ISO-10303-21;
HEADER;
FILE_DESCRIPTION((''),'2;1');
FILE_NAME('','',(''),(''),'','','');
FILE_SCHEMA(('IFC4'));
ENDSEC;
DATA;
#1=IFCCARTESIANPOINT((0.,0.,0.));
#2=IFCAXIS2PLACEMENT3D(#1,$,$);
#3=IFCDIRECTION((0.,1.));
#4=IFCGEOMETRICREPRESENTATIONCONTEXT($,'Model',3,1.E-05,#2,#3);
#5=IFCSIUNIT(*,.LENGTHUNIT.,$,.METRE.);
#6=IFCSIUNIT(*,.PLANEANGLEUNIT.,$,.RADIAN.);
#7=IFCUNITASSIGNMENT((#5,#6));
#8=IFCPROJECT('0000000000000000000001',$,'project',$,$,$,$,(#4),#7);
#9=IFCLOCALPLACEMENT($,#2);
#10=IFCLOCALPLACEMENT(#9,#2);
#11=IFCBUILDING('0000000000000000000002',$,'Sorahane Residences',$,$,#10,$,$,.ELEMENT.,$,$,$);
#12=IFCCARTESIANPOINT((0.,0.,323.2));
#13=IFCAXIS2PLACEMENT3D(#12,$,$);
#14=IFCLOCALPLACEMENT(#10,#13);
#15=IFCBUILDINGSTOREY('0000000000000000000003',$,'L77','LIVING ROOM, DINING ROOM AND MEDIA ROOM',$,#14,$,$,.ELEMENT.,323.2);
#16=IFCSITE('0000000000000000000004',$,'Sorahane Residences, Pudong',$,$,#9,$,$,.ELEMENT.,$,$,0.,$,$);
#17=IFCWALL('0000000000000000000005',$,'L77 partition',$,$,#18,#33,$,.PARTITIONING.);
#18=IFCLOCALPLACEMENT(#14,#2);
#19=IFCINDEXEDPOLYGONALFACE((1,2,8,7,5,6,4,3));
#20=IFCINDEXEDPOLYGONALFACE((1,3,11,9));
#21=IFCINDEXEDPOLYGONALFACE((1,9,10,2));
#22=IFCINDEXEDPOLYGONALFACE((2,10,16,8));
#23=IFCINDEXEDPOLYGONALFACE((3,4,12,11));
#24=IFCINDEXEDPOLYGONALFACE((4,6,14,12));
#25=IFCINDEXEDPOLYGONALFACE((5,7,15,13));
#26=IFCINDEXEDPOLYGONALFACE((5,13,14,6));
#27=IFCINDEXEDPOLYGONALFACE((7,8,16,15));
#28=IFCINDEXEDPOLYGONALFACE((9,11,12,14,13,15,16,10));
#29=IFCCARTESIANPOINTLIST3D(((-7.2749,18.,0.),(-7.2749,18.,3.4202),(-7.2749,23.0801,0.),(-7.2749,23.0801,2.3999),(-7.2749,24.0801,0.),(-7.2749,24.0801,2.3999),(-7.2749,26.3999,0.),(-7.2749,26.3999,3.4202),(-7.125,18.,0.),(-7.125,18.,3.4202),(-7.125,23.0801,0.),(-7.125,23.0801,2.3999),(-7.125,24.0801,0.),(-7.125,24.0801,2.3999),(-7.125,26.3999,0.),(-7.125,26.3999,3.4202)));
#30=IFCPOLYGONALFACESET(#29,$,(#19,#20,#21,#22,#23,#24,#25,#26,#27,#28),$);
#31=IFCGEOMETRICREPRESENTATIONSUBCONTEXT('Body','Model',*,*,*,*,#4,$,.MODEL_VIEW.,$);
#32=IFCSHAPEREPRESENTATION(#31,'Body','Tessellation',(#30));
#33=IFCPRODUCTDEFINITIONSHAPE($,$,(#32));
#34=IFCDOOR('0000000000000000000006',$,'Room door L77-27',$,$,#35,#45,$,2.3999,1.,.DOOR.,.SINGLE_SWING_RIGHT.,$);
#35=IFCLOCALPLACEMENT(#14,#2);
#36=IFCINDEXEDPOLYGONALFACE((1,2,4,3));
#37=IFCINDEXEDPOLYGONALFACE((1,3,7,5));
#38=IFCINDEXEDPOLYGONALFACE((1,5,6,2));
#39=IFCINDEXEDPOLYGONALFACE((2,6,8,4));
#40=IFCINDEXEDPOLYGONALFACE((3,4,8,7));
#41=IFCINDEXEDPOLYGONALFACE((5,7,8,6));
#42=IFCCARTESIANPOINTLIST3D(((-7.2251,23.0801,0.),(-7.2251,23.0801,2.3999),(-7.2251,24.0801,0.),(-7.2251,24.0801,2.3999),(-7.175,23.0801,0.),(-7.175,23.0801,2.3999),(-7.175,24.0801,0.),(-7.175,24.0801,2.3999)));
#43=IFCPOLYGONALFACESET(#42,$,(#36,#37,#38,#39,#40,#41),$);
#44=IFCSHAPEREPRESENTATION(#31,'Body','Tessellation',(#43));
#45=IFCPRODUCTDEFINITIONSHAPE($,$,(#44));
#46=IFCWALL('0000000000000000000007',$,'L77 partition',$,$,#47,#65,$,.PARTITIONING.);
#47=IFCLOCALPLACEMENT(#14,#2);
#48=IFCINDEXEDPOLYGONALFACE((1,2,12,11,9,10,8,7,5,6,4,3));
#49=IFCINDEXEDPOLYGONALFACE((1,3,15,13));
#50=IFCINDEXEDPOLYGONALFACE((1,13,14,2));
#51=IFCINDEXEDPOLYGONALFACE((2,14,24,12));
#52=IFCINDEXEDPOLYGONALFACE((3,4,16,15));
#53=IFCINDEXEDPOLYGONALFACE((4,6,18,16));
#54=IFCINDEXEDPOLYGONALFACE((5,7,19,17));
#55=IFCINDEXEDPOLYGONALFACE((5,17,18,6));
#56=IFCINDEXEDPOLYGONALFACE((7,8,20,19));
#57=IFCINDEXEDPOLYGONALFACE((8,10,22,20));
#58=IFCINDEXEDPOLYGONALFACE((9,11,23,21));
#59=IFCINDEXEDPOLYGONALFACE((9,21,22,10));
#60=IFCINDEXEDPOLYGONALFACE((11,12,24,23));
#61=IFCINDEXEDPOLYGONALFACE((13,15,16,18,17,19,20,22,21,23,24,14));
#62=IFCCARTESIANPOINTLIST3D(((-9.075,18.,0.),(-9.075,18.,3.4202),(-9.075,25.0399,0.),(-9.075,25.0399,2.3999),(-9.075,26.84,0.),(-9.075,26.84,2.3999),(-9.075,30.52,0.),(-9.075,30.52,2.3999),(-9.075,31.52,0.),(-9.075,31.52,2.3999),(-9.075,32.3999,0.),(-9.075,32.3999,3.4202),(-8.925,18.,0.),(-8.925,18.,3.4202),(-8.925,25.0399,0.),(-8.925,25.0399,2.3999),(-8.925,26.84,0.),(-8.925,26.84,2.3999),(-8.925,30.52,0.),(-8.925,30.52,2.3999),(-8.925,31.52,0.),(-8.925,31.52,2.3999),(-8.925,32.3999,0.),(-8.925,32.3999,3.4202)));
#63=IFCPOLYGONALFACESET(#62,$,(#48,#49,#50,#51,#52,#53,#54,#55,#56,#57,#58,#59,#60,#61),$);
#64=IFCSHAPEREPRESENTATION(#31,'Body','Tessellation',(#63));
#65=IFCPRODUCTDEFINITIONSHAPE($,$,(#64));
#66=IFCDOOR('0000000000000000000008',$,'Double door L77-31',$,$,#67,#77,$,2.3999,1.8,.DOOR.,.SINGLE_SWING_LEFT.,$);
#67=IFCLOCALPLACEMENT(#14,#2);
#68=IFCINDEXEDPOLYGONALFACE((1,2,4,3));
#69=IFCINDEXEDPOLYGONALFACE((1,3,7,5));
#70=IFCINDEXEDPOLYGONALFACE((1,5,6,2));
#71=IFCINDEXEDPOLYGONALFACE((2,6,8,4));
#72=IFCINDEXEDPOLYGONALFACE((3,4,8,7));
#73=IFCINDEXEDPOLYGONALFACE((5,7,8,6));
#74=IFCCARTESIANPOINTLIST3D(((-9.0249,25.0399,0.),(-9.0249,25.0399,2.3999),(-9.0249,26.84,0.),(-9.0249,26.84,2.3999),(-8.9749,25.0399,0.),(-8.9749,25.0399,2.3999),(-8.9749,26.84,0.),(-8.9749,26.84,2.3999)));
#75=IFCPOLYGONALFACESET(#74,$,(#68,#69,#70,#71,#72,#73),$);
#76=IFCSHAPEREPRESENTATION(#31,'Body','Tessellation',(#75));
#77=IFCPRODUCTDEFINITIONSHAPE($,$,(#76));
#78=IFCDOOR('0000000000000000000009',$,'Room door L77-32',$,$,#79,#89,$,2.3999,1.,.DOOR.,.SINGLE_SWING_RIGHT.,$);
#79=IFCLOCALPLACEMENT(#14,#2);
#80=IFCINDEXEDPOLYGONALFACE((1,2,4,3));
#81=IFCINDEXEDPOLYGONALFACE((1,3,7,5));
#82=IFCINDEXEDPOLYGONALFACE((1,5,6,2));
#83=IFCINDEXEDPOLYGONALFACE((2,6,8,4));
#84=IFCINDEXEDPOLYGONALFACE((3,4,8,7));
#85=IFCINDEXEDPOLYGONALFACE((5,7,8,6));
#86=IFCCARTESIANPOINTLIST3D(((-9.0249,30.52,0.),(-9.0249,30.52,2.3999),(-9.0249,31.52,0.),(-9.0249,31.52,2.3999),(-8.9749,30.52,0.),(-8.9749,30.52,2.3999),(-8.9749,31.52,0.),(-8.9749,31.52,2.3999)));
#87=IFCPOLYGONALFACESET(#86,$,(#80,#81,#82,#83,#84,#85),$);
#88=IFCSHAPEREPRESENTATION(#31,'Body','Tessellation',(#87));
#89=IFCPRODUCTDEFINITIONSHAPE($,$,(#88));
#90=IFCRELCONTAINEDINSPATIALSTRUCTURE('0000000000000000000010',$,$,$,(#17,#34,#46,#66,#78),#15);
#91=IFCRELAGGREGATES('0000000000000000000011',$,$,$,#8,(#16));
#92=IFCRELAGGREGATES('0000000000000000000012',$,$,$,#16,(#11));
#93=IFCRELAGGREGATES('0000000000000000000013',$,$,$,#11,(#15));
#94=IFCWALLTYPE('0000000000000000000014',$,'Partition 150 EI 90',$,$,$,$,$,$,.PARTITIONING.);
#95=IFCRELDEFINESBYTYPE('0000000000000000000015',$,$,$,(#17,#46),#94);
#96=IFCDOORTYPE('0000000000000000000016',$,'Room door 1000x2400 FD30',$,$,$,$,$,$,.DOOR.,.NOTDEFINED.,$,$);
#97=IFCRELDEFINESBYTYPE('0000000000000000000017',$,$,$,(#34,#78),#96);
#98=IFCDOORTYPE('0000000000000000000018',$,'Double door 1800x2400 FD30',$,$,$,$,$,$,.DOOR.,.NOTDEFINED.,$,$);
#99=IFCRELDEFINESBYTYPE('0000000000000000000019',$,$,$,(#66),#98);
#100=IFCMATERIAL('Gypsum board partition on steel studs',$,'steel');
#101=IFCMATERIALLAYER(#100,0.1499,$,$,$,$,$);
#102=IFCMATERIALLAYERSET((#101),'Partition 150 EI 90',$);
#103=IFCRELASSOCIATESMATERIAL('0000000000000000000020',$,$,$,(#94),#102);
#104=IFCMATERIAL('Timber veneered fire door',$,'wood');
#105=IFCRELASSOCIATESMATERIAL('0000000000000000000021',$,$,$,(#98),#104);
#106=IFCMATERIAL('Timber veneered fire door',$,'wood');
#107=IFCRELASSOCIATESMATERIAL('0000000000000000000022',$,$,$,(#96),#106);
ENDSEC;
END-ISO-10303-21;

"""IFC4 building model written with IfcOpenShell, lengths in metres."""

from ifc_helpers import new_model, si_unit, direction, frame, frame_2d, origin, place, context, subcontext, project, spatial, rectangle, extrude, material, layer, layer_set, type_object, element, fill, save


model = new_model("IFC4")

# Units and contexts
model_context = context("Model", 3, precision=1e-05, world=origin(), true_north=direction((0.0, 1.0)))
body_context = subcontext(model_context, "Body", "Model", "MODEL_VIEW")
ifc_project = project(units=[si_unit("LENGTHUNIT", "METRE"), si_unit("PLANEANGLEUNIT", "RADIAN")], contexts=[model_context])

# Site, building, storey
site_placement = place(None, origin())
site = spatial("IfcSite", under=ifc_project, at=site_placement, Name="Sorahane Residences, Pudong", CompositionType="ELEMENT", RefElevation=0.0)
building_placement = place(site_placement, origin())
building = spatial("IfcBuilding", under=site, at=building_placement, Name="Sorahane Residences", CompositionType="ELEMENT")
storey_placement = place(building_placement, frame((0.0, 0.0, 323.2)))
storey = spatial("IfcBuildingStorey", under=building, at=storey_placement, Name="L77", Description="LIVING ROOM, DINING ROOM AND MEDIA ROOM", CompositionType="ELEMENT", Elevation=323.2)

# Shared definitions
ifc_material_1 = material(Name="Gypsum board partition on steel studs", Category="steel")
ifc_layer = layer(ifc_material_1, 0.1499)
ifc_layer_set = layer_set([ifc_layer], Name="Partition 150 EI 90")
wall_type = type_object("IfcWallType", Name="Partition 150 EI 90", PredefinedType="PARTITIONING", material=ifc_layer_set)
ifc_material_2 = material(Name="Timber veneered fire door", Category="wood")
door_type_1 = type_object("IfcDoorType", Name="Double door 1800x2400 FD30", OperationType="NOTDEFINED", PredefinedType="DOOR", material=ifc_material_2)
ifc_material_3 = material(Name="Timber veneered fire door", Category="wood")
door_type_2 = type_object("IfcDoorType", Name="Room door 1000x2400 FD30", OperationType="NOTDEFINED", PredefinedType="DOOR", material=ifc_material_3)

# Wall, opening, door
wall_1_placement = place(storey_placement, frame((-7.2, 18.0, 0.0), z_axis=(0.0, 0.0, 1.0), x_axis=(0.0, 1.0, 0.0)))
wall_1 = element("IfcWall", 1, at=wall_1_placement, inside=storey, type_object=wall_type, Name="L77 partition", PredefinedType="PARTITIONING", context=body_context, shape_type="SweptSolid", body=[
    extrude(rectangle(XDim=8.3999, YDim=0.1499, at=frame_2d((4.2, 0.0))), origin(), (0.0, 0.0, 1.0), 3.4202),
])
opening_1_placement = place(wall_1_placement, frame((5.0801, 0.0, 0.0)))
opening_1 = element("IfcOpeningElement", 2, at=opening_1_placement, cuts=wall_1, PredefinedType="OPENING", context=body_context, shape_type="SweptSolid", body=[
    extrude(rectangle(XDim=1.0, YDim=2.3999, at=frame_2d((0.5, 1.2))), frame((0.0, 0.085, 0.0), z_axis=(0.0, -1.0, 0.0), x_axis=(1.0, 0.0, 0.0)), (0.0, 0.0, 1.0), 0.1699),
])
door_1_placement = place(opening_1_placement, frame((1.0, 0.0, 0.0), z_axis=(0.0, 0.0, 1.0), x_axis=(-1.0, 0.0, 0.0)))
door_1 = element("IfcDoor", 3, at=door_1_placement, inside=storey, type_object=door_type_2, Name="Room door L77-27", OperationType="SINGLE_SWING_RIGHT", OverallHeight=2.3999, OverallWidth=1.0, PredefinedType="DOOR", context=body_context, shape_type="SweptSolid", body=[
    extrude(rectangle(XDim=1.0, YDim=2.3999, at=frame_2d((0.5, 1.2))), frame((0.0, 0.0249, 0.0), z_axis=(0.0, -1.0, 0.0), x_axis=(1.0, 0.0, 0.0)), (0.0, 0.0, 1.0), 0.05),
])
fill(opening_1, door_1)

# Wall, openings, doors
wall_2_placement = place(storey_placement, frame((-9.0, 18.0, 0.0), z_axis=(0.0, 0.0, 1.0), x_axis=(0.0, 1.0, 0.0)))
wall_2 = element("IfcWall", 4, at=wall_2_placement, inside=storey, type_object=wall_type, Name="L77 partition", PredefinedType="PARTITIONING", context=body_context, shape_type="SweptSolid", body=[
    extrude(rectangle(XDim=14.3999, YDim=0.1499, at=frame_2d((7.2, 0.0))), origin(), (0.0, 0.0, 1.0), 3.4202),
])
opening_2_placement = place(wall_2_placement, frame((7.04, 0.0, 0.0)))
opening_2 = element("IfcOpeningElement", 5, at=opening_2_placement, cuts=wall_2, PredefinedType="OPENING", context=body_context, shape_type="SweptSolid", body=[
    extrude(rectangle(XDim=1.8, YDim=2.3999, at=frame_2d((0.8999, 1.2))), frame((0.0, 0.085, 0.0), z_axis=(0.0, -1.0, 0.0), x_axis=(1.0, 0.0, 0.0)), (0.0, 0.0, 1.0), 0.1699),
])
opening_3_placement = place(wall_2_placement, frame((12.52, 0.0, 0.0)))
opening_3 = element("IfcOpeningElement", 6, at=opening_3_placement, cuts=wall_2, PredefinedType="OPENING", context=body_context, shape_type="SweptSolid", body=[
    extrude(rectangle(XDim=1.0, YDim=2.3999, at=frame_2d((0.5, 1.2))), frame((0.0, 0.085, 0.0), z_axis=(0.0, -1.0, 0.0), x_axis=(1.0, 0.0, 0.0)), (0.0, 0.0, 1.0), 0.1699),
])
door_2_placement = place(opening_2_placement, origin())
door_2 = element("IfcDoor", 7, at=door_2_placement, inside=storey, type_object=door_type_1, Name="Double door L77-31", OperationType="SINGLE_SWING_LEFT", OverallHeight=2.3999, OverallWidth=1.8, PredefinedType="DOOR", context=body_context, shape_type="SweptSolid", body=[
    extrude(rectangle(XDim=1.8, YDim=2.3999, at=frame_2d((0.8999, 1.2))), frame((0.0, 0.0249, 0.0), z_axis=(0.0, -1.0, 0.0), x_axis=(1.0, 0.0, 0.0)), (0.0, 0.0, 1.0), 0.05),
])
fill(opening_2, door_2)
door_3_placement = place(opening_3_placement, origin())
door_3 = element("IfcDoor", 8, at=door_3_placement, inside=storey, type_object=door_type_2, Name="Room door L77-32", OperationType="SINGLE_SWING_RIGHT", OverallHeight=2.3999, OverallWidth=1.0, PredefinedType="DOOR", context=body_context, shape_type="SweptSolid", body=[
    extrude(rectangle(XDim=1.0, YDim=2.3999, at=frame_2d((0.5, 1.2))), frame((0.0, 0.0249, 0.0), z_axis=(0.0, -1.0, 0.0), x_axis=(1.0, 0.0, 0.0)), (0.0, 0.0, 1.0), 0.05),
])
fill(opening_3, door_3)

save(model, "model.ifc")
